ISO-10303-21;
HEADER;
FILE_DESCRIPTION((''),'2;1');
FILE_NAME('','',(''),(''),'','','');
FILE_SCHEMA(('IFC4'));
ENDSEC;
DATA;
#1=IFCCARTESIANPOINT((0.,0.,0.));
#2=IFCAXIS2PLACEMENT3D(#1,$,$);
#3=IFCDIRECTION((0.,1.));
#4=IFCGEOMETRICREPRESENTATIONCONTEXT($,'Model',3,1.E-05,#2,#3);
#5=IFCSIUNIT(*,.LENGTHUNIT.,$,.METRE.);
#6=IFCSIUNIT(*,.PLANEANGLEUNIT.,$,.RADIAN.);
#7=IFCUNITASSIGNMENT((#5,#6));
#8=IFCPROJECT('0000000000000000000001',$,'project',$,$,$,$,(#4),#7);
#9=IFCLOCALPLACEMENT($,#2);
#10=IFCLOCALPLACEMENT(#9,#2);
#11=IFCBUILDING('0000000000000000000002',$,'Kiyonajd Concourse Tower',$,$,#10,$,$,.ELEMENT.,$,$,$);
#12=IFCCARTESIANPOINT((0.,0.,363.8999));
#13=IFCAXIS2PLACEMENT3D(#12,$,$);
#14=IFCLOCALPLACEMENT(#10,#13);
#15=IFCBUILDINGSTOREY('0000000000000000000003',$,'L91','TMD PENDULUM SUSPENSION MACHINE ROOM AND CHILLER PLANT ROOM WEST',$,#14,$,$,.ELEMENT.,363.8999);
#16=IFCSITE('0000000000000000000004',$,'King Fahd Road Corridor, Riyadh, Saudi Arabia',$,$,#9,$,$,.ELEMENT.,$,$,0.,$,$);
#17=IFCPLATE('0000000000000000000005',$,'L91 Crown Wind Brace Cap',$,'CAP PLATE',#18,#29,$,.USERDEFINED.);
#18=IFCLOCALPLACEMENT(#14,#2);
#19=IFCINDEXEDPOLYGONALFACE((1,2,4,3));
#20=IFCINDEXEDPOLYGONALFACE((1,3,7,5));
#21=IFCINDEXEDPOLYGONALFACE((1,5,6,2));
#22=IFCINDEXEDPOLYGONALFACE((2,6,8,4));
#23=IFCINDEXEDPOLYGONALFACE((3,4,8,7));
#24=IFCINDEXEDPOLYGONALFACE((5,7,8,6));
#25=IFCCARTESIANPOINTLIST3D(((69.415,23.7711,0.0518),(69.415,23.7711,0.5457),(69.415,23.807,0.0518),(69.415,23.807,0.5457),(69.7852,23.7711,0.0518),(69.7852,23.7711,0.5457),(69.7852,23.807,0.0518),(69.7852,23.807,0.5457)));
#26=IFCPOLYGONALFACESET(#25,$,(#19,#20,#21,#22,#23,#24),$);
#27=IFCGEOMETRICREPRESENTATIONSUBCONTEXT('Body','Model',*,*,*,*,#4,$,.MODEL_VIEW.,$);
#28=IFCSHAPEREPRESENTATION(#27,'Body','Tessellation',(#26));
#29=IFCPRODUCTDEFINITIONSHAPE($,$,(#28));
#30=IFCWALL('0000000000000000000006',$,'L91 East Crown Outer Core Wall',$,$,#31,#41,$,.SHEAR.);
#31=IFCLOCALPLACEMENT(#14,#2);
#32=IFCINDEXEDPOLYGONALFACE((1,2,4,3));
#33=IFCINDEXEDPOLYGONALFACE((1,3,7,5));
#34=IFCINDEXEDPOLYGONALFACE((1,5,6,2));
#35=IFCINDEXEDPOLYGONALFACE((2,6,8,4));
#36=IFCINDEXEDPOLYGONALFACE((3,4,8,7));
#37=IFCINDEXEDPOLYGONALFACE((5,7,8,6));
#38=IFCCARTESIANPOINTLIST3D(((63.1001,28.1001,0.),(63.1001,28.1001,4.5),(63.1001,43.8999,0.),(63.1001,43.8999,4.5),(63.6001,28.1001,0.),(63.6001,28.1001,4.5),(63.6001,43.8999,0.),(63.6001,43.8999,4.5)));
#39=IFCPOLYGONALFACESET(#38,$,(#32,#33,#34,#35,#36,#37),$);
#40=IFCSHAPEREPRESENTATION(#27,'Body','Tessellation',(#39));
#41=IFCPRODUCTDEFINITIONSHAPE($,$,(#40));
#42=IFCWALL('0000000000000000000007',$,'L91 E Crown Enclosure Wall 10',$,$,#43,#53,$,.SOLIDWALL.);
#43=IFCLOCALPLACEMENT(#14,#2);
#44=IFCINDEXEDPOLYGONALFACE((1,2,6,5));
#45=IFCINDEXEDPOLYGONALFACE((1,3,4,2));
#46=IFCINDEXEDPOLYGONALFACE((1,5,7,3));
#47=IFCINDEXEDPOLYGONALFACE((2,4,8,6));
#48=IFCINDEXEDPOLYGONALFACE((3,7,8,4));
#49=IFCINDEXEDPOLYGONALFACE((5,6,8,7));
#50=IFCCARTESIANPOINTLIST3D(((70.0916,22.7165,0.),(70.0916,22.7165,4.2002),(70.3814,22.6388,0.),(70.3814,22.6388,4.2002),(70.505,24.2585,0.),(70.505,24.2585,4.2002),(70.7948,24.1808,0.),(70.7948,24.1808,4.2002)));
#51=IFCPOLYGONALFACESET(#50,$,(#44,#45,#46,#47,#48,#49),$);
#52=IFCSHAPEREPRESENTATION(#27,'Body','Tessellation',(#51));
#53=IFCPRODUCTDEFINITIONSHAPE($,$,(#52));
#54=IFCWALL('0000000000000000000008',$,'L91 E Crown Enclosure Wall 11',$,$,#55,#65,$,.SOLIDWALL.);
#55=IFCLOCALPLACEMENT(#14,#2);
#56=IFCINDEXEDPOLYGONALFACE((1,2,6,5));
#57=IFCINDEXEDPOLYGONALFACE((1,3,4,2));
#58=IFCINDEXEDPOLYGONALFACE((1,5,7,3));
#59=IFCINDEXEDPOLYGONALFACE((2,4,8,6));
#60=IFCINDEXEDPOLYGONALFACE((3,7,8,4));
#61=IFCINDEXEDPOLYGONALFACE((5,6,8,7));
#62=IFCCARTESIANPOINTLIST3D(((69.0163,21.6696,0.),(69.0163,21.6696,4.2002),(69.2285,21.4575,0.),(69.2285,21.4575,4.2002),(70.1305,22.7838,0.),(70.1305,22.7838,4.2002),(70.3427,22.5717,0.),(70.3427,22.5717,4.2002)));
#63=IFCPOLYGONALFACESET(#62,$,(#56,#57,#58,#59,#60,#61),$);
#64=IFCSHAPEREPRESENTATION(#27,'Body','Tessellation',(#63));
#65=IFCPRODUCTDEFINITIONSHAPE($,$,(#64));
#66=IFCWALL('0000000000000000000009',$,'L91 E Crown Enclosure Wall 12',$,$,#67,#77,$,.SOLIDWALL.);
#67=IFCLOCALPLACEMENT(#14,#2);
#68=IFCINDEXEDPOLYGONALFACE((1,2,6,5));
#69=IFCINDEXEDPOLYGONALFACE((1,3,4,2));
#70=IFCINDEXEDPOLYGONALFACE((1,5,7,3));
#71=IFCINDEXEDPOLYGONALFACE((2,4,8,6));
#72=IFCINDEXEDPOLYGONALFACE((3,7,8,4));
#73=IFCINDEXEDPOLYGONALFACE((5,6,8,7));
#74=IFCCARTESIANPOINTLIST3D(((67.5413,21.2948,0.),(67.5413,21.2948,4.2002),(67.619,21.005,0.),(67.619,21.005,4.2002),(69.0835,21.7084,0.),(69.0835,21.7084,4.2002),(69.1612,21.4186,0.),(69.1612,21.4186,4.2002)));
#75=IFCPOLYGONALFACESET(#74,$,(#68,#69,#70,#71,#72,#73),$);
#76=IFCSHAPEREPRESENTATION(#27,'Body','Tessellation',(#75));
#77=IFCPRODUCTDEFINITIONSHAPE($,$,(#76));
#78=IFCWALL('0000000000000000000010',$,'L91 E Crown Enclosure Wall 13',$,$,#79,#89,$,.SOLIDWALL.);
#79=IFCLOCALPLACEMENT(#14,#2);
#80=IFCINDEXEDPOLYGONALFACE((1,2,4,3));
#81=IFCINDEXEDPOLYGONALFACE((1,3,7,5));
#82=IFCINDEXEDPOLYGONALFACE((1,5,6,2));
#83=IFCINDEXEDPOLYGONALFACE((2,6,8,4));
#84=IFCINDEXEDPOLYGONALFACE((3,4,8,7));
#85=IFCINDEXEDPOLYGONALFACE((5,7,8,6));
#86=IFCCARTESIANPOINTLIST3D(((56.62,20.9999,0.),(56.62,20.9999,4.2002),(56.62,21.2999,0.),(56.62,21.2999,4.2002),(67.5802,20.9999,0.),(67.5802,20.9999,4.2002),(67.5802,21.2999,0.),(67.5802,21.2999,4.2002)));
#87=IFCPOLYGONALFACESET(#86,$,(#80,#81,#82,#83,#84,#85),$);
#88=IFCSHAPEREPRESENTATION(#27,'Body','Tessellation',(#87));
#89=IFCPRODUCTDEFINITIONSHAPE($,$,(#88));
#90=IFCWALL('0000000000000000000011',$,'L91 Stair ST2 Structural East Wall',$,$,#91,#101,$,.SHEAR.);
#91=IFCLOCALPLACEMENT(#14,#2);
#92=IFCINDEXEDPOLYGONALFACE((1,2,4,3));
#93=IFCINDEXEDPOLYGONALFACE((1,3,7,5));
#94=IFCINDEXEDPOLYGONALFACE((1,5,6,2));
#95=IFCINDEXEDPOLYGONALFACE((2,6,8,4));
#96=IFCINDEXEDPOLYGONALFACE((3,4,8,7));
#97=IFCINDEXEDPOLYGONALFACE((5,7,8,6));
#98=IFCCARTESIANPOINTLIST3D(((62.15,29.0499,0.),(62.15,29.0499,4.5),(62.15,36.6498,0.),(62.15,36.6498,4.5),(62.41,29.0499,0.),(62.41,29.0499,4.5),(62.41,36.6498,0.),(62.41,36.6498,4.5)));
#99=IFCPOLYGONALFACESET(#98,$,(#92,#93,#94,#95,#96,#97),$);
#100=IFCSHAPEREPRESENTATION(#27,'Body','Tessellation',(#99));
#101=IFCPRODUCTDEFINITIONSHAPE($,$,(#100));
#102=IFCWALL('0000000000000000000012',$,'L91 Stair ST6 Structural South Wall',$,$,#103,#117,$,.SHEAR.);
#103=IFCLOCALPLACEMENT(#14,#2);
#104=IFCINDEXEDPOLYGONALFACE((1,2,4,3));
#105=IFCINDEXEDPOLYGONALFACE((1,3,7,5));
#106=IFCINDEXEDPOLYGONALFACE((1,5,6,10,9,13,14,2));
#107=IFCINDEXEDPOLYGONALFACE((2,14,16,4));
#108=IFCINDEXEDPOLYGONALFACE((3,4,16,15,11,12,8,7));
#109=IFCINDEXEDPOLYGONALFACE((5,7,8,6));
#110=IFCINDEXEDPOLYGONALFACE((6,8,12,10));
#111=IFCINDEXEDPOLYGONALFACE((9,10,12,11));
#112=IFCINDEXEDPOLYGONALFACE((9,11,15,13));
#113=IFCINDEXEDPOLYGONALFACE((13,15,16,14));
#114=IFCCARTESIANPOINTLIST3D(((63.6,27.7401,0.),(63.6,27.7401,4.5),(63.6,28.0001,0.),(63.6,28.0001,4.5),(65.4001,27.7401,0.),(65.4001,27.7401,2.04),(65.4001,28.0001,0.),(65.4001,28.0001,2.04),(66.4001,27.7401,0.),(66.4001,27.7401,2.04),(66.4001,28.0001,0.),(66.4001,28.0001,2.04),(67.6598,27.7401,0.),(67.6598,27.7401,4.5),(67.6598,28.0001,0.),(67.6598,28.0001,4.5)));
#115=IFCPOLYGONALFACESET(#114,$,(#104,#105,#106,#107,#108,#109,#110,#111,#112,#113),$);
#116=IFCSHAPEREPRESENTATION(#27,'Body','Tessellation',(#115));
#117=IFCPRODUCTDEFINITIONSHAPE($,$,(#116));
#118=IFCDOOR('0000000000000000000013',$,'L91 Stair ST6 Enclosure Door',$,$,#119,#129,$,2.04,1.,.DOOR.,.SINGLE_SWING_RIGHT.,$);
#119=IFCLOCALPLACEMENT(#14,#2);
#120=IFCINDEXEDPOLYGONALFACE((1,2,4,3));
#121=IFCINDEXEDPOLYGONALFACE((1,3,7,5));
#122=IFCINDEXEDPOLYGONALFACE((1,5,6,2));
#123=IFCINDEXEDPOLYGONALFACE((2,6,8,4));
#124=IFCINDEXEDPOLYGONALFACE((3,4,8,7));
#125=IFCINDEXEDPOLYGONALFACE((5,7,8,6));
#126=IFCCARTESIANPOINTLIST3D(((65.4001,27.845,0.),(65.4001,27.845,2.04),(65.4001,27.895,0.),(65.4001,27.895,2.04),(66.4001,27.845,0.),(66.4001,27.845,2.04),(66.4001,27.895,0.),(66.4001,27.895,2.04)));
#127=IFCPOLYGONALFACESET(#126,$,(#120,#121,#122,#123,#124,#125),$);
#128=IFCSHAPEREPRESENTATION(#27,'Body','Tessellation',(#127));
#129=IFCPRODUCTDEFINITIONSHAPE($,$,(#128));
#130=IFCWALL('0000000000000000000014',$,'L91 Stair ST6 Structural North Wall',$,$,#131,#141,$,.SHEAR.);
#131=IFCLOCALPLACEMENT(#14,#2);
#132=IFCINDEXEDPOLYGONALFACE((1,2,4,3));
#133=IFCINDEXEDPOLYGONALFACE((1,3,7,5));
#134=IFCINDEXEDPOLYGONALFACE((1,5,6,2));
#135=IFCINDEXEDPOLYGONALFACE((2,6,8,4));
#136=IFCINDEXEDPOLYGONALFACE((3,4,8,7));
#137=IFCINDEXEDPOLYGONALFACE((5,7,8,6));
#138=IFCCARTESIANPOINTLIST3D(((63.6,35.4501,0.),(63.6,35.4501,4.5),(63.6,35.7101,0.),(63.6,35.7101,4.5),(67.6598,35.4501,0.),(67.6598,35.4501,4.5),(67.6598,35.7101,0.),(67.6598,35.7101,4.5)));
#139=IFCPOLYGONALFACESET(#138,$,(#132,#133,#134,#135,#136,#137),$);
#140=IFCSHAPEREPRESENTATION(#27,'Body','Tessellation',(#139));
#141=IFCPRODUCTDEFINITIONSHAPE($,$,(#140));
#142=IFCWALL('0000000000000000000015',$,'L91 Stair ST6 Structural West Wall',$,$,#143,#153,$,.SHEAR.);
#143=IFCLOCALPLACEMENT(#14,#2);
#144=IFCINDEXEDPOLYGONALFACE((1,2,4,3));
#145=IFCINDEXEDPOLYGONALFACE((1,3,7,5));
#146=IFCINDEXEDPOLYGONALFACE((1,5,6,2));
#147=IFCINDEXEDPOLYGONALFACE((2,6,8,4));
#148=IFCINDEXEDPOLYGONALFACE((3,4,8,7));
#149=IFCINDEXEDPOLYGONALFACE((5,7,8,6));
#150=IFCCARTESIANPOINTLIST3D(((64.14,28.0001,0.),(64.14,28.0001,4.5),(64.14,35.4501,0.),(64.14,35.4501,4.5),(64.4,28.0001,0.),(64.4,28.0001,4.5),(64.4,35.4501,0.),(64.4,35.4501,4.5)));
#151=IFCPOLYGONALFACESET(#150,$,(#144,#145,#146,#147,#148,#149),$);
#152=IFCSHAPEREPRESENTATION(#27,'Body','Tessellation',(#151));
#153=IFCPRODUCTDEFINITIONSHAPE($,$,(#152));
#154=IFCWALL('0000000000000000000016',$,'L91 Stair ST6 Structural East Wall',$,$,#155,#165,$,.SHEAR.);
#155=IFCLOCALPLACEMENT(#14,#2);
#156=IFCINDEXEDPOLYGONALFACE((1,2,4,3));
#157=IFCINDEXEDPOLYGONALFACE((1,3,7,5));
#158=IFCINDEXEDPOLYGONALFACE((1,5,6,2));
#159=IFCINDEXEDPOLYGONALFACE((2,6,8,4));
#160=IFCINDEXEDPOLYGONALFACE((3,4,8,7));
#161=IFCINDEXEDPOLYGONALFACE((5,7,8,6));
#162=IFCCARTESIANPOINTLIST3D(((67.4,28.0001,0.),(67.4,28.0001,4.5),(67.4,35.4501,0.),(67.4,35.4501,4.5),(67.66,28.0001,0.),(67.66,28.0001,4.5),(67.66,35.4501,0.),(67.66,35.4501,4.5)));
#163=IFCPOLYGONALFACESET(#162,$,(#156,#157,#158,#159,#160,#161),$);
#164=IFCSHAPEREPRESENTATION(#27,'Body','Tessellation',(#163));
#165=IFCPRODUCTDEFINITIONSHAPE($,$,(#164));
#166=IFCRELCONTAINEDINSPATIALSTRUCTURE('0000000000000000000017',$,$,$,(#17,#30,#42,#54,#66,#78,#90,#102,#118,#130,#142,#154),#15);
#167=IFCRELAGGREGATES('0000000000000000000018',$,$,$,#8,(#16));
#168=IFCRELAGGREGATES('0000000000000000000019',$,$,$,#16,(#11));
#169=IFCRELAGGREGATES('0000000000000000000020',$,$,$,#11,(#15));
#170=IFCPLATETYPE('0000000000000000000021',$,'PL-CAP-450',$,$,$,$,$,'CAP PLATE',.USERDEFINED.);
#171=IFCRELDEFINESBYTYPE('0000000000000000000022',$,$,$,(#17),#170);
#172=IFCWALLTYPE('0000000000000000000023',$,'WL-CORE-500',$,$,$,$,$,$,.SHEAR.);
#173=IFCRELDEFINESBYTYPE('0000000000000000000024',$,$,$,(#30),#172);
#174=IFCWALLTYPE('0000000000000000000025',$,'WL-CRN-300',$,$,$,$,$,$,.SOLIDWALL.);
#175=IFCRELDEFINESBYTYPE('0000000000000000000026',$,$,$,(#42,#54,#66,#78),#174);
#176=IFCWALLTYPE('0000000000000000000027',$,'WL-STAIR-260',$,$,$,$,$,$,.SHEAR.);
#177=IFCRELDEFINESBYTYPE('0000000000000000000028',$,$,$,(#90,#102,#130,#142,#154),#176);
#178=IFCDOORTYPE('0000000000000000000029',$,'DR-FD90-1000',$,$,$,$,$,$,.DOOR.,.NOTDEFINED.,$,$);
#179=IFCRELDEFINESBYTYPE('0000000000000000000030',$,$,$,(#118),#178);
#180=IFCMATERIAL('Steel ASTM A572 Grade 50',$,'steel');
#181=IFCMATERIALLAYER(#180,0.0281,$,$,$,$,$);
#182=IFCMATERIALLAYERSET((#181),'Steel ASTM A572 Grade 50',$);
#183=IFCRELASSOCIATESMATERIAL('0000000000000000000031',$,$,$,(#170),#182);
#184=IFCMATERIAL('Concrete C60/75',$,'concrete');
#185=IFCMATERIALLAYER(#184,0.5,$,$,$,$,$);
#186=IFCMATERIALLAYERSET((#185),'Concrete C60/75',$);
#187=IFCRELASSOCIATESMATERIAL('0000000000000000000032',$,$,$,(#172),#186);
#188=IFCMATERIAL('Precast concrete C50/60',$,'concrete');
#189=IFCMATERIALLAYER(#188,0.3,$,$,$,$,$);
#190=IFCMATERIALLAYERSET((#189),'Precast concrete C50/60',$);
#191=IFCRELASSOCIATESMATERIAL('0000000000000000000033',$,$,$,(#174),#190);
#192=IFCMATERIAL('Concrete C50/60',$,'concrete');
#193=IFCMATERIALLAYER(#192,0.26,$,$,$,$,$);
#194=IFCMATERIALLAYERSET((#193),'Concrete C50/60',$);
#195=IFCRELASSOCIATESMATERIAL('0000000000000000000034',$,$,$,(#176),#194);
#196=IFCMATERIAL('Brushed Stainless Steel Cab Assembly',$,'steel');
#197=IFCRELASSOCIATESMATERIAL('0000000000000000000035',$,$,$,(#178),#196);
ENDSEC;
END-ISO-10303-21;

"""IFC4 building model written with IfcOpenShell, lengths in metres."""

from ifc_helpers import new_model, si_unit, direction, frame, frame_2d, origin, origin_2d, place, context, subcontext, project, spatial, rectangle, extrude, material, layer, layer_set, type_object, element, fill, save


model = new_model("IFC4")

# Units and contexts
model_context = context("Model", 3, precision=1e-05, world=origin(), true_north=direction((0.0, 1.0)))
body_context = subcontext(model_context, "Body", "Model", "MODEL_VIEW")
ifc_project = project(units=[si_unit("LENGTHUNIT", "METRE"), si_unit("PLANEANGLEUNIT", "RADIAN")], contexts=[model_context])

# Site, building, storey
site_placement = place(None, origin())
site = spatial("IfcSite", under=ifc_project, at=site_placement, Name="King Fahd Road Corridor, Riyadh, Saudi Arabia", CompositionType="ELEMENT", RefElevation=0.0)
building_placement = place(site_placement, origin())
building = spatial("IfcBuilding", under=site, at=building_placement, Name="Kiyonajd Concourse Tower", CompositionType="ELEMENT")
storey_placement = place(building_placement, frame((0.0, 0.0, 363.8999)))
storey = spatial("IfcBuildingStorey", under=building, at=storey_placement, Name="L91", Description="TMD PENDULUM SUSPENSION MACHINE ROOM AND CHILLER PLANT ROOM WEST", CompositionType="ELEMENT", Elevation=363.8999)

# Shared definitions
ifc_material_1 = material(Name="Steel ASTM A572 Grade 50", Category="steel")

# Shared definitions
ifc_material_2 = material(Name="Concrete C50/60", Category="concrete")

# Plate
ifc_layer_1 = layer(ifc_material_1, 0.0281)
ifc_layer_set_1 = layer_set([ifc_layer_1], Name="Steel ASTM A572 Grade 50")
plate_type = type_object("IfcPlateType", Name="PL-CAP-450", ElementType="CAP PLATE", PredefinedType="USERDEFINED", material=ifc_layer_set_1)
plate_placement = place(storey_placement, frame((69.6001, 23.7891, 0.0518), z_axis=(0.0, 0.0, 1.0), x_axis=(0.0, -1.0, 0.0)))
element("IfcPlate", 1, at=plate_placement, inside=storey, type_object=plate_type, Name="L91 Crown Wind Brace Cap", ObjectType="CAP PLATE", PredefinedType="USERDEFINED", context=body_context, shape_type="SweptSolid", body=[
    extrude(rectangle(XDim=0.0359, YDim=0.3701, at=origin_2d()), origin(), (0.0, 0.0, 1.0), 0.4939),
])

# Walls
ifc_material_3 = material(Name="Concrete C60/75", Category="concrete")
ifc_layer_2 = layer(ifc_material_3, 0.5)
ifc_layer_set_2 = layer_set([ifc_layer_2], Name="Concrete C60/75")
wall_type_1 = type_object("IfcWallType", Name="WL-CORE-500", PredefinedType="SHEAR", material=ifc_layer_set_2)
wall_1_placement = place(storey_placement, frame((63.3501, 28.1001, 0.0), z_axis=(0.0, 0.0, 1.0), x_axis=(0.0, 1.0, 0.0)))
element("IfcWall", 2, at=wall_1_placement, inside=storey, type_object=wall_type_1, Name="L91 East Crown Outer Core Wall", PredefinedType="SHEAR", context=body_context, shape_type="SweptSolid", body=[
    extrude(rectangle(XDim=15.7998, YDim=0.5, at=frame_2d((7.8999, 0.0))), origin(), (0.0, 0.0, 1.0), 4.5),
])
ifc_material_4 = material(Name="Precast concrete C50/60", Category="concrete")
ifc_layer_3 = layer(ifc_material_4, 0.3)
ifc_layer_set_3 = layer_set([ifc_layer_3], Name="Precast concrete C50/60")
wall_type_2 = type_object("IfcWallType", Name="WL-CRN-300", PredefinedType="SOLIDWALL", material=ifc_layer_set_3)
wall_2_placement = place(storey_placement, frame((70.6499, 24.2197, 0.0), z_axis=(0.0, 0.0, 1.0), x_axis=(-0.258909, -0.965902, 0.0)))
element("IfcWall", 3, at=wall_2_placement, inside=storey, type_object=wall_type_2, Name="L91 E Crown Enclosure Wall 10", PredefinedType="SOLIDWALL", context=body_context, shape_type="SweptSolid", body=[
    extrude(rectangle(XDim=1.5964, YDim=0.3, at=frame_2d((0.7983, 0.0))), origin(), (0.0, 0.0, 1.0), 4.2002),
])
wall_3_placement = place(storey_placement, frame((70.2366, 22.6777, 0.0), z_axis=(0.0, 0.0, 1.0), x_axis=(-0.707107, -0.707107, 0.0)))
element("IfcWall", 4, at=wall_3_placement, inside=storey, type_object=wall_type_2, Name="L91 E Crown Enclosure Wall 11", PredefinedType="SOLIDWALL", context=body_context, shape_type="SweptSolid", body=[
    extrude(rectangle(XDim=1.5757, YDim=0.3, at=frame_2d((0.7878, 0.0))), origin(), (0.0, 0.0, 1.0), 4.2002),
])
wall_4_placement = place(storey_placement, frame((69.1223, 21.5635, 0.0), z_axis=(0.0, 0.0, 1.0), x_axis=(-0.965874, -0.259014, 0.0)))
element("IfcWall", 5, at=wall_4_placement, inside=storey, type_object=wall_type_2, Name="L91 E Crown Enclosure Wall 12", PredefinedType="SOLIDWALL", context=body_context, shape_type="SweptSolid", body=[
    extrude(rectangle(XDim=1.5967, YDim=0.3, at=frame_2d((0.7983, 0.0))), origin(), (0.0, 0.0, 1.0), 4.2002),
])
wall_5_placement = place(storey_placement, frame((67.5801, 21.1499, 0.0), z_axis=(0.0, 0.0, 1.0), x_axis=(-1.0, 0.0, 0.0)))
element("IfcWall", 6, at=wall_5_placement, inside=storey, type_object=wall_type_2, Name="L91 E Crown Enclosure Wall 13", PredefinedType="SOLIDWALL", context=body_context, shape_type="SweptSolid", body=[
    extrude(rectangle(XDim=10.9602, YDim=0.3, at=frame_2d((5.48, 0.0))), origin(), (0.0, 0.0, 1.0), 4.2002),
])
ifc_layer_4 = layer(ifc_material_2, 0.26)
ifc_layer_set_4 = layer_set([ifc_layer_4], Name="Concrete C50/60")
wall_type_3 = type_object("IfcWallType", Name="WL-STAIR-260", PredefinedType="SHEAR", material=ifc_layer_set_4)
wall_6_placement = place(storey_placement, frame((62.28, 29.05, 0.0), z_axis=(0.0, 0.0, 1.0), x_axis=(0.0, 1.0, 0.0)))
element("IfcWall", 7, at=wall_6_placement, inside=storey, type_object=wall_type_3, Name="L91 Stair ST2 Structural East Wall", PredefinedType="SHEAR", context=body_context, shape_type="SweptSolid", body=[
    extrude(rectangle(XDim=7.5999, YDim=0.26, at=frame_2d((3.7998, 0.0))), origin(), (0.0, 0.0, 1.0), 4.5),
])

# Wall, opening, door
wall_7_placement = place(storey_placement, frame((63.6001, 27.8701, 0.0), z_axis=(0.0, 0.0, 1.0), x_axis=(1.0, 0.0, 0.0)))
wall_7 = element("IfcWall", 8, at=wall_7_placement, inside=storey, type_object=wall_type_3, Name="L91 Stair ST6 Structural South Wall", PredefinedType="SHEAR", context=body_context, shape_type="SweptSolid", body=[
    extrude(rectangle(XDim=4.0598, YDim=0.26, at=frame_2d((2.0298, 0.0))), origin(), (0.0, 0.0, 1.0), 4.5),
])
opening_placement = place(wall_7_placement, frame((1.8, 0.0, 0.0)))
opening = element("IfcOpeningElement", 9, at=opening_placement, cuts=wall_7, PredefinedType="OPENING", context=body_context, shape_type="SweptSolid", body=[
    extrude(rectangle(XDim=1.0, YDim=2.04, at=frame_2d((0.5, 1.02))), frame((0.0, 0.1399, 0.0), z_axis=(0.0, -1.0, 0.0), x_axis=(1.0, 0.0, 0.0)), (0.0, 0.0, 1.0), 0.28),
])
ifc_material_5 = material(Name="Brushed Stainless Steel Cab Assembly", Category="steel")
door_type = type_object("IfcDoorType", Name="DR-FD90-1000", OperationType="NOTDEFINED", PredefinedType="DOOR", material=ifc_material_5)
door_placement = place(opening_placement, origin())
door = element("IfcDoor", 10, at=door_placement, inside=storey, type_object=door_type, Name="L91 Stair ST6 Enclosure Door", OperationType="SINGLE_SWING_RIGHT", OverallHeight=2.04, OverallWidth=1.0, PredefinedType="DOOR", context=body_context, shape_type="SweptSolid", body=[
    extrude(rectangle(XDim=1.0, YDim=2.04, at=frame_2d((0.5, 1.02))), frame((0.0, 0.0249, 0.0), z_axis=(0.0, -1.0, 0.0), x_axis=(1.0, 0.0, 0.0)), (0.0, 0.0, 1.0), 0.05),
])
fill(opening, door)

# Walls
wall_8_placement = place(storey_placement, frame((63.6001, 35.5801, 0.0), z_axis=(0.0, 0.0, 1.0), x_axis=(1.0, 0.0, 0.0)))
element("IfcWall", 11, at=wall_8_placement, inside=storey, type_object=wall_type_3, Name="L91 Stair ST6 Structural North Wall", PredefinedType="SHEAR", context=body_context, shape_type="SweptSolid", body=[
    extrude(rectangle(XDim=4.0598, YDim=0.26, at=frame_2d((2.0298, 0.0))), origin(), (0.0, 0.0, 1.0), 4.5),
])
for number, where, z_axis, x_axis, name in (
    (12, (64.27, 28.0, 0.0), (0.0, 0.0, 1.0), (0.0, 1.0, 0.0), "L91 Stair ST6 Structural West Wall"),
    (13, (67.53, 28.0, 0.0), (0.0, 0.0, 1.0), (0.0, 1.0, 0.0), "L91 Stair ST6 Structural East Wall"),
):
    element("IfcWall", number, at=place(storey_placement, frame(where, z_axis=z_axis, x_axis=x_axis)), inside=storey, type_object=wall_type_3, Name=name, PredefinedType="SHEAR", context=body_context, shape_type="SweptSolid", body=[
        extrude(rectangle(XDim=7.45, YDim=0.26, at=frame_2d((3.7251, 0.0))), origin(), (0.0, 0.0, 1.0), 4.5),
    ])

save(model, "model.ifc")
